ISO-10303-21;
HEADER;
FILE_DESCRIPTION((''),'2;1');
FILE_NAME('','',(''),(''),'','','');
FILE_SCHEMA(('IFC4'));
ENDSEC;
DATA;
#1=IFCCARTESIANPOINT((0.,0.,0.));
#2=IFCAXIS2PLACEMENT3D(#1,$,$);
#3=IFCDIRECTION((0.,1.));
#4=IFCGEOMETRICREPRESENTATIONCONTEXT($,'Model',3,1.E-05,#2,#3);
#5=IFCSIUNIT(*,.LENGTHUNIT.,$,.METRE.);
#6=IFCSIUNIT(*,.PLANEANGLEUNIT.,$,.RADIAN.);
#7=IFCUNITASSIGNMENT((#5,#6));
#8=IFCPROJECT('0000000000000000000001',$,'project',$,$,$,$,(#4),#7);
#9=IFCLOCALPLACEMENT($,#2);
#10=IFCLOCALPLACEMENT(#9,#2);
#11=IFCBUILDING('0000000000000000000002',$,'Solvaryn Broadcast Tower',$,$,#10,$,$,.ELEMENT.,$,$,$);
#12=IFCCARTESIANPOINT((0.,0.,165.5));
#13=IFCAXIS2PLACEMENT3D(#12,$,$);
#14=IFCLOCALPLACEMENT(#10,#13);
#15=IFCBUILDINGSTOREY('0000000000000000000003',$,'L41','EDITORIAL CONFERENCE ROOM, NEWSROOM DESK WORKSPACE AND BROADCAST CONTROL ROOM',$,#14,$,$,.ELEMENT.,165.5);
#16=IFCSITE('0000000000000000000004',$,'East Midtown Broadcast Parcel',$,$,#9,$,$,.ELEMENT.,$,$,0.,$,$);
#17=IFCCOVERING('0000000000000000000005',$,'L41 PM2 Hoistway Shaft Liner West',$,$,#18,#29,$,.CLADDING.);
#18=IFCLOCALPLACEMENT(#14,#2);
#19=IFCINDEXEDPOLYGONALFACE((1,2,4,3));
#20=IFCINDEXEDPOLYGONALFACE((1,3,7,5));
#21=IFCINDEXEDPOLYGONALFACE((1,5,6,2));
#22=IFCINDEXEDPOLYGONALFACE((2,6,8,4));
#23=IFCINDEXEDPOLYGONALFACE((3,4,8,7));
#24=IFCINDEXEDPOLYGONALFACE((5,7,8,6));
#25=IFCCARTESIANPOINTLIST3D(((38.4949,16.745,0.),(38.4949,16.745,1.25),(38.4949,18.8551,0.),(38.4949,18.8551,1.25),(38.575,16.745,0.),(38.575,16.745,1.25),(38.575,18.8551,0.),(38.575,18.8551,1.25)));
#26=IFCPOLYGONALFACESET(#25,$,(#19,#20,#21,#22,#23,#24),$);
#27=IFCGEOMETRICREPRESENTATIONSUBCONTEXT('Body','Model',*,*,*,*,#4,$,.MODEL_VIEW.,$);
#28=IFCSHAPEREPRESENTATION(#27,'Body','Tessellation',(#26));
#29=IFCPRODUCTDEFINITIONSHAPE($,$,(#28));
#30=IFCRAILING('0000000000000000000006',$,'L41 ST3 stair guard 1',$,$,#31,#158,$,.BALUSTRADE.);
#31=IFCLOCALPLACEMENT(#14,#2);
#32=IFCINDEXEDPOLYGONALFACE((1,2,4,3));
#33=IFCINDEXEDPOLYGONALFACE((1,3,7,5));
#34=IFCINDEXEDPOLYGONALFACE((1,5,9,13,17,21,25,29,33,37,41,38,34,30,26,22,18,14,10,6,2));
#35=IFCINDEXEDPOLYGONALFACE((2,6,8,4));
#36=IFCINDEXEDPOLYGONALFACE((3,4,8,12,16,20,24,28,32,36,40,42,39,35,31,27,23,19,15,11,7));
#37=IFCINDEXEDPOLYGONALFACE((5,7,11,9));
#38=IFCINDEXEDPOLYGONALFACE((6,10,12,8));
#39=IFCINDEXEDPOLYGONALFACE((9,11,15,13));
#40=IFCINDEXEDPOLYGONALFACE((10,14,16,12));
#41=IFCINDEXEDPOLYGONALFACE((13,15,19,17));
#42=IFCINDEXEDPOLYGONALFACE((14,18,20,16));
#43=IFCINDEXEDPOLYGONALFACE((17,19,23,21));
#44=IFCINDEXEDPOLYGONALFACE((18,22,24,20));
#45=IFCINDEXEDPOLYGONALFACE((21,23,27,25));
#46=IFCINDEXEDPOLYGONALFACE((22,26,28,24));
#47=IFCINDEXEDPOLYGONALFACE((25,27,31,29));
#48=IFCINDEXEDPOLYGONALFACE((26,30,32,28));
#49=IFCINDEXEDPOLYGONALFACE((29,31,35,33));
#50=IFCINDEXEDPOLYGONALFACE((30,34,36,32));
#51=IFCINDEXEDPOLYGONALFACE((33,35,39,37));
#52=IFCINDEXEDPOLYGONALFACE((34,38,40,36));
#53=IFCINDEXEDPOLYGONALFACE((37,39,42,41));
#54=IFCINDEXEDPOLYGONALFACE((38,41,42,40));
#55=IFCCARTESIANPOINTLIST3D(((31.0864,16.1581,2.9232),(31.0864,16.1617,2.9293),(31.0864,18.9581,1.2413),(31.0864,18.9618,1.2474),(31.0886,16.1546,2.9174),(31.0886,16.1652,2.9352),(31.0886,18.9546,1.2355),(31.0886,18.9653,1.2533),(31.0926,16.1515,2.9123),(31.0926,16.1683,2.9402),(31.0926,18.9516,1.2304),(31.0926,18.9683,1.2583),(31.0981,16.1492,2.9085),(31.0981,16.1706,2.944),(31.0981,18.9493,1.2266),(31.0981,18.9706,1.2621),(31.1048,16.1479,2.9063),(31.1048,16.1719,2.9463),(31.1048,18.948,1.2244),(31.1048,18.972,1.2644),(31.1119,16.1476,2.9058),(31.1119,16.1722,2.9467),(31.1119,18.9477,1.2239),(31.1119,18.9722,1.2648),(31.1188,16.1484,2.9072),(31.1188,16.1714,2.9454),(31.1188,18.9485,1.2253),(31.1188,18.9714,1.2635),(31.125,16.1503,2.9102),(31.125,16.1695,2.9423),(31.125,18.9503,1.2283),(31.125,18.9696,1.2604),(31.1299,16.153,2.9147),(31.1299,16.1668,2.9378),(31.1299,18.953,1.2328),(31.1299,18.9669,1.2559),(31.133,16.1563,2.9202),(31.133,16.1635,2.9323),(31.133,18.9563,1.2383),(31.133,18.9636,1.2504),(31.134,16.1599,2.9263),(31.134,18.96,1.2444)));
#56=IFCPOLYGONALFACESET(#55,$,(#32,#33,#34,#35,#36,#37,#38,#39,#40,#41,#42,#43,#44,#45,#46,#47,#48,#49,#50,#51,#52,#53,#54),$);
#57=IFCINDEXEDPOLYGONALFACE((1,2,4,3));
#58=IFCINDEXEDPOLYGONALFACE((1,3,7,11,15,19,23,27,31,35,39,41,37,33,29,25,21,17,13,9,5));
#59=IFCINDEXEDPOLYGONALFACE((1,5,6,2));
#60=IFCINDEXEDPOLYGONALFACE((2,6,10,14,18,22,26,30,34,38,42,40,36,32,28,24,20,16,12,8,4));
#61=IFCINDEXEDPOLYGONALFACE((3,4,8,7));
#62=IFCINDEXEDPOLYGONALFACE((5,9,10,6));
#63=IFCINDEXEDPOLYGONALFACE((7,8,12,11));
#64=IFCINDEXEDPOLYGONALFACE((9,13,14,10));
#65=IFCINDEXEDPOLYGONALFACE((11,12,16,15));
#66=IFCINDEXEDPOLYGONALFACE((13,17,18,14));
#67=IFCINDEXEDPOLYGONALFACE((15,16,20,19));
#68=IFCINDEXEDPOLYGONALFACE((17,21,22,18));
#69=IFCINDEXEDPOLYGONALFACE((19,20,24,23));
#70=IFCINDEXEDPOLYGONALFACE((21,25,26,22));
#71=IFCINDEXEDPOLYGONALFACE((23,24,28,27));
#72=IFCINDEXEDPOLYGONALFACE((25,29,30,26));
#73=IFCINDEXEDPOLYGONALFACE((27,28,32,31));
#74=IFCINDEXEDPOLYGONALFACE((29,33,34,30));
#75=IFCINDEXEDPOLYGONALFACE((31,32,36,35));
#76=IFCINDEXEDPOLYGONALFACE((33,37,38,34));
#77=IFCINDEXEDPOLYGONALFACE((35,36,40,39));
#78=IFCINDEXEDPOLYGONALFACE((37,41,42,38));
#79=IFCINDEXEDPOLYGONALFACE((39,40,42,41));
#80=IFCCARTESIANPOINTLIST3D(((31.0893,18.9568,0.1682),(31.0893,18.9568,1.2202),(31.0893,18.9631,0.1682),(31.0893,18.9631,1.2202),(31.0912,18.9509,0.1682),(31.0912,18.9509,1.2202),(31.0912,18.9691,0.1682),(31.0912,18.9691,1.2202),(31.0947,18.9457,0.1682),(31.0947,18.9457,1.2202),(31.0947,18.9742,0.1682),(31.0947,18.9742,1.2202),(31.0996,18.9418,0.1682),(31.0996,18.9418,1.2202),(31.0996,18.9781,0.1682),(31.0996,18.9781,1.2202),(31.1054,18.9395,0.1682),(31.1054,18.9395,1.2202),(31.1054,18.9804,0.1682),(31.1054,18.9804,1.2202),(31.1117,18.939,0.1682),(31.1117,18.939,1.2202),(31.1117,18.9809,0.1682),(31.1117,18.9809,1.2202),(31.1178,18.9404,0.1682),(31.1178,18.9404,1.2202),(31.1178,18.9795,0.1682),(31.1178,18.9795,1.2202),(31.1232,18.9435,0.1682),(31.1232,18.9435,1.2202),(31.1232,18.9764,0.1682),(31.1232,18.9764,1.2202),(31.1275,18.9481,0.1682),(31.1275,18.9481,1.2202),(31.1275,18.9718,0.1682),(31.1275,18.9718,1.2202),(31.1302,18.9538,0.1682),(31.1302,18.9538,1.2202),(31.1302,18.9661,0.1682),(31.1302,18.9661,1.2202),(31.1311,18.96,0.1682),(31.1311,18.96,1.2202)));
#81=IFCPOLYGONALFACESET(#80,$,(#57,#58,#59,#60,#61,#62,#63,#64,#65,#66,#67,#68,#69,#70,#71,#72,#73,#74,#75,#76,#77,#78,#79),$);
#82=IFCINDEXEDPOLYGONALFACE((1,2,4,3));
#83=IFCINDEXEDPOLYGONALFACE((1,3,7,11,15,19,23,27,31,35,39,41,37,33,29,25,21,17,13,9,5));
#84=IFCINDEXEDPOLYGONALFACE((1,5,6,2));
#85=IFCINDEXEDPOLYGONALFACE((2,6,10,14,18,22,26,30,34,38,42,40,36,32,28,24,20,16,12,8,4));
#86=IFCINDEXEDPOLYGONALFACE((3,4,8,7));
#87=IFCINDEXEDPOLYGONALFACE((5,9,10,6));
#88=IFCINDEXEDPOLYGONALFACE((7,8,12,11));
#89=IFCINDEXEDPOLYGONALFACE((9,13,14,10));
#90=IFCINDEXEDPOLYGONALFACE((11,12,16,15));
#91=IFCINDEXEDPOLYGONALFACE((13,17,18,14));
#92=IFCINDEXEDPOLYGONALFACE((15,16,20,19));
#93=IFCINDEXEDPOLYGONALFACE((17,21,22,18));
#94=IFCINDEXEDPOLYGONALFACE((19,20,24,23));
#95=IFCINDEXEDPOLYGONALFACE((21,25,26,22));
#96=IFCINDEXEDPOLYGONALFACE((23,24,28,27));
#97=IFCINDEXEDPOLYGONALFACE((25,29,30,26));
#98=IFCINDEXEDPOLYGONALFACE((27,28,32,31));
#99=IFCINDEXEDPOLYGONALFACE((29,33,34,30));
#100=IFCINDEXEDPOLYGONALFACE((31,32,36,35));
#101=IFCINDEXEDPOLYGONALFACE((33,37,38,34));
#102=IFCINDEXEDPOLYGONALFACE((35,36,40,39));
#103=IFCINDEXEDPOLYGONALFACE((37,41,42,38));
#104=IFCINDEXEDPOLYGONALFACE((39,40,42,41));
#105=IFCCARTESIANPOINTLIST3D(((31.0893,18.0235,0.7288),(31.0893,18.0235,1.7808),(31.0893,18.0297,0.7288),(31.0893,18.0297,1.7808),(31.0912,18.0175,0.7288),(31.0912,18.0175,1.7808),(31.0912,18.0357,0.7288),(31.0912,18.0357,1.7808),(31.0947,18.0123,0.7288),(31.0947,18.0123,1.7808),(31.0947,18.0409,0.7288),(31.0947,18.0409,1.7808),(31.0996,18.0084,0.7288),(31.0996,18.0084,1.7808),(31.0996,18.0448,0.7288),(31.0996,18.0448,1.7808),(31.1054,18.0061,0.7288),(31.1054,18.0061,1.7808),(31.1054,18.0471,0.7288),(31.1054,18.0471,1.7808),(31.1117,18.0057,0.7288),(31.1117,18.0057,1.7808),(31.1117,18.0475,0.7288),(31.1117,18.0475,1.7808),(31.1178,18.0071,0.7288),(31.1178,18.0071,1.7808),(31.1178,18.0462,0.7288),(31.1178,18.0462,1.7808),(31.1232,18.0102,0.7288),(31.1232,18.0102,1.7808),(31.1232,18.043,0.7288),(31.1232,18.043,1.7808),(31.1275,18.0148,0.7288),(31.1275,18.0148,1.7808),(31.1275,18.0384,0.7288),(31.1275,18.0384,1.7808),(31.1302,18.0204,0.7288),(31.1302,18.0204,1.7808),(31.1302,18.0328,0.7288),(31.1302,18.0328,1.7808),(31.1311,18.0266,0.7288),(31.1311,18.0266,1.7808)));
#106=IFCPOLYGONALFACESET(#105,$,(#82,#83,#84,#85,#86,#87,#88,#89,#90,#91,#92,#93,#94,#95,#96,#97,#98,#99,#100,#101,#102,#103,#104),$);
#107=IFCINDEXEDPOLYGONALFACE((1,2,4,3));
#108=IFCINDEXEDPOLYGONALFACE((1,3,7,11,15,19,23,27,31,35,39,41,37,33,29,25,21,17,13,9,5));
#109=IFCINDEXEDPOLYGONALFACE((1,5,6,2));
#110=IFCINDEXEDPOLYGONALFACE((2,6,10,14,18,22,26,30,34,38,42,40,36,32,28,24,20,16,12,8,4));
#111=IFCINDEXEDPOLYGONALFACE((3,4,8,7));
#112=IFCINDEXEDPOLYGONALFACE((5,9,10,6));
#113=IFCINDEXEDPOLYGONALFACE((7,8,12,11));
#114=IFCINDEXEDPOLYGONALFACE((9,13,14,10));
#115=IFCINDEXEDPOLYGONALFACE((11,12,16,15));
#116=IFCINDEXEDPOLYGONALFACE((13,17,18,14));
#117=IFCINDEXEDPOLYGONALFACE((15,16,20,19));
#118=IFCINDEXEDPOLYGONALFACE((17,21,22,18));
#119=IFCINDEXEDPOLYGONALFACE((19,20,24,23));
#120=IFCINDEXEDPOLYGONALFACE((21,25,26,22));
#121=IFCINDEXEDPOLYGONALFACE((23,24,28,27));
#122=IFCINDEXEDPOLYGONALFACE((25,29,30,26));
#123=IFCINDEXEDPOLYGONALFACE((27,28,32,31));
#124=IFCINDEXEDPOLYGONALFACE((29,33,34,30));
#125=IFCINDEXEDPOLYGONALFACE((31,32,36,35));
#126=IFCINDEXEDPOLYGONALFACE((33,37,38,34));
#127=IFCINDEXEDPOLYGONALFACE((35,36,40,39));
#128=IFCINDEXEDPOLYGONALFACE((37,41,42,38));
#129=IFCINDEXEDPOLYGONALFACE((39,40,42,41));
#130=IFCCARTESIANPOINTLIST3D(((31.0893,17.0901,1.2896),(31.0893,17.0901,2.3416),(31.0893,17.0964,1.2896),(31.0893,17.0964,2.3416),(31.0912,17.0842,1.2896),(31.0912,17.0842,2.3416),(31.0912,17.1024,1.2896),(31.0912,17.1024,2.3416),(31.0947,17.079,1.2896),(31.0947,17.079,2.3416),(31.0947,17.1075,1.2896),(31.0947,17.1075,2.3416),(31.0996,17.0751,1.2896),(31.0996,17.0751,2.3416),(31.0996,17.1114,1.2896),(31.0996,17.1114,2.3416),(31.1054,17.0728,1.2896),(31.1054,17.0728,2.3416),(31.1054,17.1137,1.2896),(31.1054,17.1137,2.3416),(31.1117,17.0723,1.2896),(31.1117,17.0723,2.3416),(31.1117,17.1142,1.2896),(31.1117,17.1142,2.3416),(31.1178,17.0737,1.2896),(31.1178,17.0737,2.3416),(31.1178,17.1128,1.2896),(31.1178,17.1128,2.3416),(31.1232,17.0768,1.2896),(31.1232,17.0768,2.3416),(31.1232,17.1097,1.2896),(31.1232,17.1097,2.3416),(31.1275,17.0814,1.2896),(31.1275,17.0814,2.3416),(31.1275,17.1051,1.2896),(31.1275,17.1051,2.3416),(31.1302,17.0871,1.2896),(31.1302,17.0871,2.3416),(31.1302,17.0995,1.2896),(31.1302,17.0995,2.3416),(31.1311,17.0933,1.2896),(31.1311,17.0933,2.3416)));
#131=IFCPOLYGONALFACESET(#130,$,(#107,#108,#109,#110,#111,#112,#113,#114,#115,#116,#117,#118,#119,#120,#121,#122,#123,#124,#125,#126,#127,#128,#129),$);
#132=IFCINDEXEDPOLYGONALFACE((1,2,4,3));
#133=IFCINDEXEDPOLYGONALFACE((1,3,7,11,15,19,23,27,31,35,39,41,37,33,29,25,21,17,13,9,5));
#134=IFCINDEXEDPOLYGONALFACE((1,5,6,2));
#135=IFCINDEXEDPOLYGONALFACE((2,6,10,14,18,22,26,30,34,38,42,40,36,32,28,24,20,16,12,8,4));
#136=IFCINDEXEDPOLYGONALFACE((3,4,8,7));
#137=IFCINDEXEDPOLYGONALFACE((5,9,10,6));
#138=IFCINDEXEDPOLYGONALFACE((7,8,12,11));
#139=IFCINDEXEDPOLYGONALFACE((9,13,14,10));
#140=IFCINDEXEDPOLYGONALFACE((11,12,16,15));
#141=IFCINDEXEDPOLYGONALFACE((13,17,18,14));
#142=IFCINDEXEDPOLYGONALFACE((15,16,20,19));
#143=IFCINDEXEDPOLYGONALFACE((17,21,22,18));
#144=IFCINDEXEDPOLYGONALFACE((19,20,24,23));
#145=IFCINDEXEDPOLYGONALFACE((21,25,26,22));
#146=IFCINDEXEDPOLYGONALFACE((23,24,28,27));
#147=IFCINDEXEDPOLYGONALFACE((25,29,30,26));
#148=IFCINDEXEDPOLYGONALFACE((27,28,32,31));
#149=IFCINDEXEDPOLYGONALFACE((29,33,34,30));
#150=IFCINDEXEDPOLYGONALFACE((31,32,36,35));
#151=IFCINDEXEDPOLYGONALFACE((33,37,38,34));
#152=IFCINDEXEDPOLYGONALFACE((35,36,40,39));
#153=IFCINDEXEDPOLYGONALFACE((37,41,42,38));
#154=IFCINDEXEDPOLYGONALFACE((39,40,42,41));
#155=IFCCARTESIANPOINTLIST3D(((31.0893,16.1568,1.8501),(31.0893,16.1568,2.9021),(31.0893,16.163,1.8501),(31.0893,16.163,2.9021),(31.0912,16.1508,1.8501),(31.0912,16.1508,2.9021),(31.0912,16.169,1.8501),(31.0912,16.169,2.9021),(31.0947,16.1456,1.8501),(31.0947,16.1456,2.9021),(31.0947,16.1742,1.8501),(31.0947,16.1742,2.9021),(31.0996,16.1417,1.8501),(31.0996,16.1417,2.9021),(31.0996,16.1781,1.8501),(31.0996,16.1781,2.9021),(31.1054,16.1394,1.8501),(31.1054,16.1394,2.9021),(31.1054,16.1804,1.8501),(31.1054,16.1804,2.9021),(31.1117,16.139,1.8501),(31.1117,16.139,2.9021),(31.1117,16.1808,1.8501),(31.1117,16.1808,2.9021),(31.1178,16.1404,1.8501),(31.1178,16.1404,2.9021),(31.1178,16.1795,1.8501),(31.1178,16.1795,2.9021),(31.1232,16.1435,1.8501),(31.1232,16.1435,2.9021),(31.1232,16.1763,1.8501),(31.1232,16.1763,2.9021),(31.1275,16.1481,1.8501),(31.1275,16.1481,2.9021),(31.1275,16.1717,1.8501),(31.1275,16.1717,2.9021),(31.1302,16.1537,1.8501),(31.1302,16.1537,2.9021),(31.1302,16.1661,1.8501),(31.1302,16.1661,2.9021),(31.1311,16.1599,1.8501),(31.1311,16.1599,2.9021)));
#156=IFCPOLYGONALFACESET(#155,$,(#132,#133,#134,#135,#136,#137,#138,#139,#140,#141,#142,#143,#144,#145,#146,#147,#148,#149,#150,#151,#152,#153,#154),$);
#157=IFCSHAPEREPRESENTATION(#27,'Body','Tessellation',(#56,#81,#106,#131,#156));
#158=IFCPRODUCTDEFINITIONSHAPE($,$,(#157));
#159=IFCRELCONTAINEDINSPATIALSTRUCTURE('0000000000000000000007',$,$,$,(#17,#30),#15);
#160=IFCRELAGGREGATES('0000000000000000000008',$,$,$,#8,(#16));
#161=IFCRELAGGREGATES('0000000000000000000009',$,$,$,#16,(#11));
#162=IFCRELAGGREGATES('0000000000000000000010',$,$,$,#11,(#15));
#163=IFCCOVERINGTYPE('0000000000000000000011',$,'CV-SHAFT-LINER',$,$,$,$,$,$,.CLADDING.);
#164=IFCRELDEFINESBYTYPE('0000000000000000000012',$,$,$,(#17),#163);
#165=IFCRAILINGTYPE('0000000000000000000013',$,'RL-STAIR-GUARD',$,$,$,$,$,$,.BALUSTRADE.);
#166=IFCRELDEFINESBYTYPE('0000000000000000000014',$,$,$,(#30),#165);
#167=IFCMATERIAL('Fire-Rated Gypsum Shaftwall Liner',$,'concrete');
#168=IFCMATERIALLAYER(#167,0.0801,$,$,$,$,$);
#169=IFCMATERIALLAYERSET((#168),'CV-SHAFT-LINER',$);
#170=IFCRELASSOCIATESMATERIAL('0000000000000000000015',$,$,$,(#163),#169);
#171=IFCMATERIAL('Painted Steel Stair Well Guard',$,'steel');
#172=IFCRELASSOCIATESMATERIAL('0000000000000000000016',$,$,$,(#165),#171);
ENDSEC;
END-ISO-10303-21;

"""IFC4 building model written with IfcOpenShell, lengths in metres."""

from ifc_helpers import new_model, si_unit, direction, frame, origin, origin_2d, place, context, subcontext, project, spatial, rectangle, circle, extrude, material, layer, layer_set, type_object, element, save


model = new_model("IFC4")

# Units and contexts
model_context = context("Model", 3, precision=1e-05, world=origin(), true_north=direction((0.0, 1.0)))
body_context = subcontext(model_context, "Body", "Model", "MODEL_VIEW")
ifc_project = project(units=[si_unit("LENGTHUNIT", "METRE"), si_unit("PLANEANGLEUNIT", "RADIAN")], contexts=[model_context])

# Site, building, storey
site_placement = place(None, origin())
site = spatial("IfcSite", under=ifc_project, at=site_placement, Name="East Midtown Broadcast Parcel", CompositionType="ELEMENT", RefElevation=0.0)
building_placement = place(site_placement, origin())
building = spatial("IfcBuilding", under=site, at=building_placement, Name="Solvaryn Broadcast Tower", CompositionType="ELEMENT")
storey_placement = place(building_placement, frame((0.0, 0.0, 165.5)))
storey = spatial("IfcBuildingStorey", under=building, at=storey_placement, Name="L41", Description="EDITORIAL CONFERENCE ROOM, NEWSROOM DESK WORKSPACE AND BROADCAST CONTROL ROOM", CompositionType="ELEMENT", Elevation=165.5)

# Covering
ifc_material_1 = material(Name="Fire-Rated Gypsum Shaftwall Liner", Category="concrete")
ifc_layer_1 = layer(ifc_material_1, 0.0801)
ifc_layer_set_1 = layer_set([ifc_layer_1], Name="CV-SHAFT-LINER")
covering_type = type_object("IfcCoveringType", Name="CV-SHAFT-LINER", PredefinedType="CLADDING", material=ifc_layer_set_1)
for number, where, z_axis, x_axis, name in (
    (1, (38.5349, 17.8, 0.0), (0.0, 0.0, 1.0), (1.0, 0.0, 0.0), "L41 PM2 Hoistway Shaft Liner West"),
):
    element("IfcCovering", number, at=place(storey_placement, frame(where, z_axis=z_axis, x_axis=x_axis)), inside=storey, type_object=covering_type, Name=name, PredefinedType="CLADDING", context=body_context, shape_type="SweptSolid", body=[
        extrude(rectangle(XDim=0.0801, YDim=2.1101, at=origin_2d()), origin(), (0.0, 0.0, 1.0), 1.25),
    ])

# Railing
ifc_material_2 = material(Name="Painted Steel Stair Well Guard", Category="steel")
railing_type_1 = type_object("IfcRailingType", Name="RL-STAIR-GUARD", PredefinedType="BALUSTRADE", material=ifc_material_2)
railing_1_placement = place(storey_placement, frame((31.1101, 18.96, 0.1682)))
element("IfcRailing", 2, at=railing_1_placement, inside=storey, type_object=railing_type_1, Name="L41 ST3 stair guard 1", PredefinedType="BALUSTRADE", context=body_context, shape_type="SweptSolid", body=[
    extrude(circle(Radius=0.0239, at=origin_2d()), frame((0.0, 0.0, 1.0762), z_axis=(0.0, -0.857242, 0.514913), x_axis=(1.0, 0.0, 0.0)), (0.0, 0.0, 1.0), 3.2664),
    extrude(circle(Radius=0.021, at=origin_2d()), origin(), (0.0, 0.0, 1.0), 1.052),
    extrude(circle(Radius=0.021, at=origin_2d()), frame((0.0, -0.9333, 0.5605)), (0.0, 0.0, 1.0), 1.052),
    extrude(circle(Radius=0.021, at=origin_2d()), frame((0.0, -1.8667, 1.1213)), (0.0, 0.0, 1.0), 1.052),
    extrude(circle(Radius=0.021, at=origin_2d()), frame((0.0, -2.8, 1.6819)), (0.0, 0.0, 1.0), 1.052),
])

save(model, "model.ifc")
